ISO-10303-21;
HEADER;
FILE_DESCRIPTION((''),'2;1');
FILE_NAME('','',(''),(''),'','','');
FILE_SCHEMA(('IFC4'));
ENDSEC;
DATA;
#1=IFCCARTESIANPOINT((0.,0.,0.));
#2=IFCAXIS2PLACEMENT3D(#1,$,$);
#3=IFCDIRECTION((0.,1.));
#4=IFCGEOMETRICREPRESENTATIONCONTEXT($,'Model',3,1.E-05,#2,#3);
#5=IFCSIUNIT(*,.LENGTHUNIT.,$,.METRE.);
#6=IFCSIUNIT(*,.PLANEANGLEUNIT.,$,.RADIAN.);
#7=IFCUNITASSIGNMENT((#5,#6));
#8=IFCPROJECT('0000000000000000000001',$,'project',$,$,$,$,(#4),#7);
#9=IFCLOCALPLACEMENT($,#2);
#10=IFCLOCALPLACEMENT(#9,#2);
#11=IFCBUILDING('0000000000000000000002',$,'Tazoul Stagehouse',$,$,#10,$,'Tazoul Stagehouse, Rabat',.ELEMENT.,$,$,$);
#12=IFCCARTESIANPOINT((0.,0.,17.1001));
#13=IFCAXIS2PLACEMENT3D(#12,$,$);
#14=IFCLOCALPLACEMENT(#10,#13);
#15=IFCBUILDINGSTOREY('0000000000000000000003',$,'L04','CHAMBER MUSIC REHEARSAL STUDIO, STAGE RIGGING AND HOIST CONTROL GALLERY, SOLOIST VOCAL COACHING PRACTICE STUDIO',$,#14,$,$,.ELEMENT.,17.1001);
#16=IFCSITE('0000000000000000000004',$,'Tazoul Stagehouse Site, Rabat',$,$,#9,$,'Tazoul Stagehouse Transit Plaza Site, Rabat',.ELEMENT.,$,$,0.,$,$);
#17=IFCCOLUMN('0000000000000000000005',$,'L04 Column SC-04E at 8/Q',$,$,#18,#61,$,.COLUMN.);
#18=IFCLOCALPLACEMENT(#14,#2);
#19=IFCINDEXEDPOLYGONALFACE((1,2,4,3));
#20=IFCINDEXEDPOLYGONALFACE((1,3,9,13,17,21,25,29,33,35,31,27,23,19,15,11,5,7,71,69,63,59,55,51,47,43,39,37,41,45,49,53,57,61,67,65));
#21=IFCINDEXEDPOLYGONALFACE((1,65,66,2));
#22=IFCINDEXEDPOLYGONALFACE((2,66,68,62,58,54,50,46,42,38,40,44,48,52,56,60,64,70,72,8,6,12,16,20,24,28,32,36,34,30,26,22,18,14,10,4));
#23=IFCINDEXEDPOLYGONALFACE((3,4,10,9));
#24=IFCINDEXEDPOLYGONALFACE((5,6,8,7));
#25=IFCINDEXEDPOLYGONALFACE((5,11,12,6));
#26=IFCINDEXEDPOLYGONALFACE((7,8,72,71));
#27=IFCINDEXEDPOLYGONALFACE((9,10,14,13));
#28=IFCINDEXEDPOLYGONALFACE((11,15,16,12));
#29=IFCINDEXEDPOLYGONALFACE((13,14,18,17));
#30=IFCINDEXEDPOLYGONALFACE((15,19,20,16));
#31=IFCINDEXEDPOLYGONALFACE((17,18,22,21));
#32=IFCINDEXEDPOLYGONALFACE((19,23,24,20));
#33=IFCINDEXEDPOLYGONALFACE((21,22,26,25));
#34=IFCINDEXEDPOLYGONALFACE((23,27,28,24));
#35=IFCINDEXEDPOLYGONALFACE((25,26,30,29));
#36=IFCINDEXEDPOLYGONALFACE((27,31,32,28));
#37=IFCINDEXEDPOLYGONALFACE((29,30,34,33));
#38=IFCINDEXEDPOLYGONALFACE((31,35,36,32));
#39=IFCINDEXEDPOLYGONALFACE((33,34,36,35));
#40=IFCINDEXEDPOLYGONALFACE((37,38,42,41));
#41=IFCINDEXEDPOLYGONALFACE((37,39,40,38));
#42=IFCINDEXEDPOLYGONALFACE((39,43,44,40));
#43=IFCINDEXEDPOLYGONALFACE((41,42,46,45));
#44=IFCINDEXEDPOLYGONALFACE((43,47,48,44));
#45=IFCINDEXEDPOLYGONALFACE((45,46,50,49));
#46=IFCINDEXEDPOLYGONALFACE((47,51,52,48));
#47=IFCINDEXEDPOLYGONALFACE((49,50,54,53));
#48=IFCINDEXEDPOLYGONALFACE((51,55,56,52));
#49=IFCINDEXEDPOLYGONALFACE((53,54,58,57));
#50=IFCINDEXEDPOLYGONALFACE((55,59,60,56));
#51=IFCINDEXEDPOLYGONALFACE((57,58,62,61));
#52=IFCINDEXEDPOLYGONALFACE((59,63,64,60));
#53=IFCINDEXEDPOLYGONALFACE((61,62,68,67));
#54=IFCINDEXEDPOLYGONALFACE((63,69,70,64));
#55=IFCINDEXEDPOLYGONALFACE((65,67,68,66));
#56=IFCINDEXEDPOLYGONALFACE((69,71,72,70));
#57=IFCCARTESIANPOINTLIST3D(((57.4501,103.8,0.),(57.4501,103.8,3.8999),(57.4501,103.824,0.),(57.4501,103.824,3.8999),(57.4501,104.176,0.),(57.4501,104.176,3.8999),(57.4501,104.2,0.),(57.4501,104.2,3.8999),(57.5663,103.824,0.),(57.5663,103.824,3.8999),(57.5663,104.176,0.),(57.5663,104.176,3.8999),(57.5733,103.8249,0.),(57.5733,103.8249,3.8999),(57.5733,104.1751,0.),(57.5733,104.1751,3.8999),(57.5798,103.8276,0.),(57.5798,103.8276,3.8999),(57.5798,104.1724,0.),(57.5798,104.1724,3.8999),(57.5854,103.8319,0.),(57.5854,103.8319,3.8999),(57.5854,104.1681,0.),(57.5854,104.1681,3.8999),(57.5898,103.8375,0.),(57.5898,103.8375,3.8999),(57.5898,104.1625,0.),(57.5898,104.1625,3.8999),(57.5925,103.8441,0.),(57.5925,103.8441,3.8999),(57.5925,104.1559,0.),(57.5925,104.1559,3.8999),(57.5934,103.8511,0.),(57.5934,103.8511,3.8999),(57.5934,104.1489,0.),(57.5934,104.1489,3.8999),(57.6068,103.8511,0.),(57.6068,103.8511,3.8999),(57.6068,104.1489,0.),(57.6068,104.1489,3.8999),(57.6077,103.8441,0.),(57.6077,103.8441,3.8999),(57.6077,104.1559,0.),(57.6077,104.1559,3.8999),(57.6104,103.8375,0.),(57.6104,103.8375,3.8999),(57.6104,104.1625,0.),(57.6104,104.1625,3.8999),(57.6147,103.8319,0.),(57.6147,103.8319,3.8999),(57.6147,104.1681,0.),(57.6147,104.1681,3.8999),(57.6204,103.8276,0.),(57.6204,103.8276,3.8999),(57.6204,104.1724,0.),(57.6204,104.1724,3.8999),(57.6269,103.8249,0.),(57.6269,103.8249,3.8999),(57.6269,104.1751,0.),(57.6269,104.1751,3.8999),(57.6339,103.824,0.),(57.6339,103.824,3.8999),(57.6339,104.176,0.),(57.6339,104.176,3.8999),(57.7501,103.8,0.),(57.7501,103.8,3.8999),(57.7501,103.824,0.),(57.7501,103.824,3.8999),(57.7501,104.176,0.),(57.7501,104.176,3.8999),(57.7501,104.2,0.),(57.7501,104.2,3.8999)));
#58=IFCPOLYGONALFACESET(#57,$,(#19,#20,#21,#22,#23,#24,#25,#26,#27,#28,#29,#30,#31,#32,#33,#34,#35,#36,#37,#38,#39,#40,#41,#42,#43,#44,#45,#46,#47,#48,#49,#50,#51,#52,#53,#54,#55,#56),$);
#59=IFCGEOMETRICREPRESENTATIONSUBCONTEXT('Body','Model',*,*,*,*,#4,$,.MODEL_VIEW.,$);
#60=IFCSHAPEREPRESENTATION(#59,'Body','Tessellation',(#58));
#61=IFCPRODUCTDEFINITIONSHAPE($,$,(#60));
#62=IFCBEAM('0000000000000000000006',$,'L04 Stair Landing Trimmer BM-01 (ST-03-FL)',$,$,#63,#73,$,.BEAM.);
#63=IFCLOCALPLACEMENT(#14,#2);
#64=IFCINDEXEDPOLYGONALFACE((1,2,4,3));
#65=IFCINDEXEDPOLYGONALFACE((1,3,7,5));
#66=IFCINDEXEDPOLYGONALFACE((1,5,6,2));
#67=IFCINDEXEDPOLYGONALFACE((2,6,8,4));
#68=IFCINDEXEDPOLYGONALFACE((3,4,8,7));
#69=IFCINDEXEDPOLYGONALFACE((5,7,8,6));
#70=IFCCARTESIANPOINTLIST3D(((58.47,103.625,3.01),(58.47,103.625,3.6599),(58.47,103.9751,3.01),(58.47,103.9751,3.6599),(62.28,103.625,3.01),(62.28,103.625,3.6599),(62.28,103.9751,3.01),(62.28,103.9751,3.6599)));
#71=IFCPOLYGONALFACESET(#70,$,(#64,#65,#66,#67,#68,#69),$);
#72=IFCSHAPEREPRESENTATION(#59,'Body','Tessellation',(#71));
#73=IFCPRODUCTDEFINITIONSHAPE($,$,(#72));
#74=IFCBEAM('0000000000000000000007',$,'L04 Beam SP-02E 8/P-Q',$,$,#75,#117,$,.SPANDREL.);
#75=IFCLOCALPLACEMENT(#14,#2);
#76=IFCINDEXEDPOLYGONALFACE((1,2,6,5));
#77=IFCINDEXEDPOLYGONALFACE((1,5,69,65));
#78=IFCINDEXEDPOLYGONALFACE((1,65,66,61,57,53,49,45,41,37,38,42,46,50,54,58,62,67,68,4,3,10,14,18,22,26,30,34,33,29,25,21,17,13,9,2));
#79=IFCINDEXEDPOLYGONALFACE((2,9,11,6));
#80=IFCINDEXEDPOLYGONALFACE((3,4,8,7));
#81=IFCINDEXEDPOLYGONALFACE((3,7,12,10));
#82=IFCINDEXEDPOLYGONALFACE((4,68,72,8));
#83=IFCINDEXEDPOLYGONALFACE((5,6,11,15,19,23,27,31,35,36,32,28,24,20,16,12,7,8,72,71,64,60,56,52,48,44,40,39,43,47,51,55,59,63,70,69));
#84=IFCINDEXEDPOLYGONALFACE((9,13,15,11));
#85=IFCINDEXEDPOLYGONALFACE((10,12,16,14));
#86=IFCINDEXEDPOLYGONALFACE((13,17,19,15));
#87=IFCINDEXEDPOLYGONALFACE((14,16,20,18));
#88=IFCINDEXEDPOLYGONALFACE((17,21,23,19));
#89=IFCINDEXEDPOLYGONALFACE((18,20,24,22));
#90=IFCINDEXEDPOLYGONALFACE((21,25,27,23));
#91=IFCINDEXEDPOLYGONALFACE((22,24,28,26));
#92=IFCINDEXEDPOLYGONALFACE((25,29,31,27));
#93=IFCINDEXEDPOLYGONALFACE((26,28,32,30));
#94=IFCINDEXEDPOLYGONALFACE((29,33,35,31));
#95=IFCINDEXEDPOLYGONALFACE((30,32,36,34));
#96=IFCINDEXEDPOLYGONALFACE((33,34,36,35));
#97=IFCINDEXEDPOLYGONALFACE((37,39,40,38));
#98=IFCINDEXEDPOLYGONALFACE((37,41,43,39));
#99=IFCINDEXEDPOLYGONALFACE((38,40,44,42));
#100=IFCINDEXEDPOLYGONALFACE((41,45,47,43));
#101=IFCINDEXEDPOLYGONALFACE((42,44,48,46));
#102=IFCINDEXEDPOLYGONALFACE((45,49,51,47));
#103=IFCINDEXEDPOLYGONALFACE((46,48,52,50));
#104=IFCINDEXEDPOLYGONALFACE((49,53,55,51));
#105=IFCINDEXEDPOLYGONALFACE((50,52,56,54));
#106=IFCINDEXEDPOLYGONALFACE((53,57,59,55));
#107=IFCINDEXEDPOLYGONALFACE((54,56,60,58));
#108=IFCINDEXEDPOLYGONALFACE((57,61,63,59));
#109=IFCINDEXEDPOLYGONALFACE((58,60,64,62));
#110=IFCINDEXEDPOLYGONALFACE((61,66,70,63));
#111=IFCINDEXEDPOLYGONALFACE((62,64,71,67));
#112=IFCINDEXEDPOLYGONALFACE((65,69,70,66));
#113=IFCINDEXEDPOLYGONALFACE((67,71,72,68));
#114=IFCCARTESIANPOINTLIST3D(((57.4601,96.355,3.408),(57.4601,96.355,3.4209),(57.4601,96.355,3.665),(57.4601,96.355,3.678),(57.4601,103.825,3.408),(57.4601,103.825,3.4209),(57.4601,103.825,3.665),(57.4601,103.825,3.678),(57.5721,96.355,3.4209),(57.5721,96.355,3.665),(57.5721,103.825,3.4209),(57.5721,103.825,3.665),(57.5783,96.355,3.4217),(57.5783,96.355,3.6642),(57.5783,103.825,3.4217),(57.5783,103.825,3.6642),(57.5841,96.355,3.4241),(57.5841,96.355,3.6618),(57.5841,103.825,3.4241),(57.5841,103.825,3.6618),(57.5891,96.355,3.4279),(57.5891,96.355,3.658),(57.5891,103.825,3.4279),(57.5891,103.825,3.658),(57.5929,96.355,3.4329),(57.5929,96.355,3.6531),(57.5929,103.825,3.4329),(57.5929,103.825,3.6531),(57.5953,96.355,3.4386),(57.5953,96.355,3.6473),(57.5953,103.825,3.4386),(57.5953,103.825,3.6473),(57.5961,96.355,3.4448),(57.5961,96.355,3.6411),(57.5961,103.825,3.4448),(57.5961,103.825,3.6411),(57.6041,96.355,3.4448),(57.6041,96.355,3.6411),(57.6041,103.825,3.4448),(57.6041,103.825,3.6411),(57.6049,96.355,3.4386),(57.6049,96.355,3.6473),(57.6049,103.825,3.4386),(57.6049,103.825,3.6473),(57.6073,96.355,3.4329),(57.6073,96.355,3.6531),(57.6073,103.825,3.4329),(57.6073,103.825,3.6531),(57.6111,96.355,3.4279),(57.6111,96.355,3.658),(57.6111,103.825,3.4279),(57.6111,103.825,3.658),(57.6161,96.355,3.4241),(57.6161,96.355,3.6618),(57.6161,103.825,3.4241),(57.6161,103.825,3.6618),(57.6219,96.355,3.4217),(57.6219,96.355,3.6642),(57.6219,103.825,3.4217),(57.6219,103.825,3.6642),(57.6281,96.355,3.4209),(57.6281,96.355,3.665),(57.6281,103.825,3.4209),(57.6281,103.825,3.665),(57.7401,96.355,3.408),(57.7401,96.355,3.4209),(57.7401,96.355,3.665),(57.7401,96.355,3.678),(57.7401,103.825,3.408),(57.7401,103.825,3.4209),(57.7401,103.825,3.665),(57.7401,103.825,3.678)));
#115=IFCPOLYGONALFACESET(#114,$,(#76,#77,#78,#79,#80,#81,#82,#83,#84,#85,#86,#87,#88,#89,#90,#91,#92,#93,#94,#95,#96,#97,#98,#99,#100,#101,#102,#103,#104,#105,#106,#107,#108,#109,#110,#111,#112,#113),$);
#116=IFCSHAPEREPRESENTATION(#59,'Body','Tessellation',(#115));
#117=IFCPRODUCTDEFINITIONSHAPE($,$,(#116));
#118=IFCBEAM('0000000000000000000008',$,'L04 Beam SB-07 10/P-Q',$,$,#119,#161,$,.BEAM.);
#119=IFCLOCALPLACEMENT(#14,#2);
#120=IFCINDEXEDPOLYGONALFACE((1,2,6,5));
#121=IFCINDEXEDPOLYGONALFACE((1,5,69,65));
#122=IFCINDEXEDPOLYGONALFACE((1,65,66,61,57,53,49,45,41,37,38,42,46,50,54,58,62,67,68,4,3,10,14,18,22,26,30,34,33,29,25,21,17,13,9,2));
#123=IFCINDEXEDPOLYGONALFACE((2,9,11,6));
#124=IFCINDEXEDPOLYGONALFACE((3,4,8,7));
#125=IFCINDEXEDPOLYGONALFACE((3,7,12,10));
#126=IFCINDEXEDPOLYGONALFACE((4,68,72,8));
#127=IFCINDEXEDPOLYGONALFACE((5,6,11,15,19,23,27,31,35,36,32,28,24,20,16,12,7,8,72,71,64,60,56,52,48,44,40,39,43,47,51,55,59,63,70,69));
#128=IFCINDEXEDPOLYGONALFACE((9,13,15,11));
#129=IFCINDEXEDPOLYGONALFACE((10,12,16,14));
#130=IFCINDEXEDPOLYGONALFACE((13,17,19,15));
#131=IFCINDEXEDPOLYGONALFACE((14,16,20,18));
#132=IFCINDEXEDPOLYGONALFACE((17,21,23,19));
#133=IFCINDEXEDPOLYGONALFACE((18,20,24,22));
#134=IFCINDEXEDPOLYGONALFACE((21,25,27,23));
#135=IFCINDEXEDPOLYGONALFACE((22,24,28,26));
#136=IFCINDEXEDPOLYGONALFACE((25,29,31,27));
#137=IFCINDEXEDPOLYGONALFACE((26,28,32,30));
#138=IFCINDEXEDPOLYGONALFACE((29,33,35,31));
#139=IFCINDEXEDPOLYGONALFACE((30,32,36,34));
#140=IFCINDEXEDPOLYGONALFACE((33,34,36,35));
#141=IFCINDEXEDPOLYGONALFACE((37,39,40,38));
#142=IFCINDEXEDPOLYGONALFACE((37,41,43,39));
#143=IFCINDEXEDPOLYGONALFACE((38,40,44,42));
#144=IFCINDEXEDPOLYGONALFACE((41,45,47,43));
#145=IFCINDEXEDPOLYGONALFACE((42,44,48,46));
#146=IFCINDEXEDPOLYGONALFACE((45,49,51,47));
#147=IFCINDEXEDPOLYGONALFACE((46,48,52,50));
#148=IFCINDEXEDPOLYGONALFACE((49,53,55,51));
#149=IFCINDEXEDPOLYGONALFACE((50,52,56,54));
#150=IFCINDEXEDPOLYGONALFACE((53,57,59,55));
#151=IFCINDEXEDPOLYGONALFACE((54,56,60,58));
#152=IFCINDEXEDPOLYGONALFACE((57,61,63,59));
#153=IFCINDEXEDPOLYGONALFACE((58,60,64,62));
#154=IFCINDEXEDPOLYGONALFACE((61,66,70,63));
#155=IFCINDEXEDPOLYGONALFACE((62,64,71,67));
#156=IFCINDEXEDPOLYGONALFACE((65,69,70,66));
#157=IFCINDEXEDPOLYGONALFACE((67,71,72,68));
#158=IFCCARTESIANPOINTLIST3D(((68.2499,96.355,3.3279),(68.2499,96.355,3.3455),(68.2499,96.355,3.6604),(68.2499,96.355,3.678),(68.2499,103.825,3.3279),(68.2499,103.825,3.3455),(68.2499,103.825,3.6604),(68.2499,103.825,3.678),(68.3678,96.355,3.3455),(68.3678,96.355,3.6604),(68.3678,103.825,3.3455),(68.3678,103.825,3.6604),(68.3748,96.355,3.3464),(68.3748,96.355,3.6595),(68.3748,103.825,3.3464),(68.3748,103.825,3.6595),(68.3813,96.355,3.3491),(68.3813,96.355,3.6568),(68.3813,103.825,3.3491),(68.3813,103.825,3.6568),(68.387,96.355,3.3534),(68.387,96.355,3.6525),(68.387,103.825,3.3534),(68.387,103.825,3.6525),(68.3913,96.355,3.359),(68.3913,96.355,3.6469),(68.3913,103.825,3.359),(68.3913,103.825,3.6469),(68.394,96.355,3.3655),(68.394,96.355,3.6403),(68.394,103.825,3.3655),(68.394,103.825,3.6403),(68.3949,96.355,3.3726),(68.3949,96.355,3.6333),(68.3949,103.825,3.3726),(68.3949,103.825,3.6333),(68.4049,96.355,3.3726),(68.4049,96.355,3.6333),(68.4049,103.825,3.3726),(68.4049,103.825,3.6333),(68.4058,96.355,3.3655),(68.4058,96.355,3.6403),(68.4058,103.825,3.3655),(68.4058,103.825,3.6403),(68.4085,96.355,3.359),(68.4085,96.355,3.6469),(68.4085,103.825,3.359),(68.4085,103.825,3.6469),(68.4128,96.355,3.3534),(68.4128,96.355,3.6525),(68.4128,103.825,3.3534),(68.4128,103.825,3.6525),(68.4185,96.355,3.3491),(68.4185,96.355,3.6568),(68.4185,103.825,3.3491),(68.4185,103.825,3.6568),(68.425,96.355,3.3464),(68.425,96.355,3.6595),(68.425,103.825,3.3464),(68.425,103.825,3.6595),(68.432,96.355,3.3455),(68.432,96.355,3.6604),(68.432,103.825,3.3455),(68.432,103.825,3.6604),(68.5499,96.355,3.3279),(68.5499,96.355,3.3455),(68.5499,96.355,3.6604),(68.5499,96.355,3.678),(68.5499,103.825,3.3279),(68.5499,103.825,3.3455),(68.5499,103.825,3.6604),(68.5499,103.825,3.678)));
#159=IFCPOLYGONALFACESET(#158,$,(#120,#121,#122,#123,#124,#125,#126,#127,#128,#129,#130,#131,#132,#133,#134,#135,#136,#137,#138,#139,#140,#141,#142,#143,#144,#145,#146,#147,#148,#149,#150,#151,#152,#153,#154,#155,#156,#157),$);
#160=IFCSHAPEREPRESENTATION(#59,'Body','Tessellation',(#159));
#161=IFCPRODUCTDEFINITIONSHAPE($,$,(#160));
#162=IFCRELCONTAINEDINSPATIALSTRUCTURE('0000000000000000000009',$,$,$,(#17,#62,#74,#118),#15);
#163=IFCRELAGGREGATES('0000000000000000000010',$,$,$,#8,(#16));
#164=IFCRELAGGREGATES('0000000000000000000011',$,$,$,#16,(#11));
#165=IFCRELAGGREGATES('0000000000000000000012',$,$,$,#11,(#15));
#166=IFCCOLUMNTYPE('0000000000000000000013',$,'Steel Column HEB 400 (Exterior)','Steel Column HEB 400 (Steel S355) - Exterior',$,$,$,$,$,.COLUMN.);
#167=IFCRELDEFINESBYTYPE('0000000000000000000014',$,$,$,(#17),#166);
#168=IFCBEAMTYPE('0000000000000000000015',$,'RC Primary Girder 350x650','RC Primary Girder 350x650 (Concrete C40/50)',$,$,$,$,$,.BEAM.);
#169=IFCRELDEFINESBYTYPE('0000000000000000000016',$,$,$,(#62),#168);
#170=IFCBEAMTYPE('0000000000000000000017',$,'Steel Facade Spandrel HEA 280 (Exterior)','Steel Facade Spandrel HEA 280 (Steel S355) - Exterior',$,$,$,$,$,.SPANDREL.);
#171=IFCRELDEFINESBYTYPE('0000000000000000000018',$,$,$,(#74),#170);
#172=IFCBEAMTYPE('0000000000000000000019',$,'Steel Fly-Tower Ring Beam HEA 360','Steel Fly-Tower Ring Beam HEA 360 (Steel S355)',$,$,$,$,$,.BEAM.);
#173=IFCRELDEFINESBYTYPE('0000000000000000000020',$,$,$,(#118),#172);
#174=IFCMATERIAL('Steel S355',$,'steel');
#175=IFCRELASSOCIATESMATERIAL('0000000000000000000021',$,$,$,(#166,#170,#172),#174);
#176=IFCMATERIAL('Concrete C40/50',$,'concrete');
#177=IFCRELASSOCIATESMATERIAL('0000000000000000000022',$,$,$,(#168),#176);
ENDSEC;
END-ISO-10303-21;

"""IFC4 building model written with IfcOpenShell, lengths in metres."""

from ifc_helpers import new_model, si_unit, direction, frame, origin, origin_2d, place, context, subcontext, project, spatial, rectangle, i_section, extrude, material, material_profile, profile_set, type_object, element, save


model = new_model("IFC4")

# Units and contexts
model_context = context("Model", 3, precision=1e-05, world=origin(), true_north=direction((0.0, 1.0)))
body_context = subcontext(model_context, "Body", "Model", "MODEL_VIEW")
ifc_project = project(units=[si_unit("LENGTHUNIT", "METRE"), si_unit("PLANEANGLEUNIT", "RADIAN")], contexts=[model_context])

# Site, building, storey
site_placement = place(None, origin())
site = spatial("IfcSite", under=ifc_project, at=site_placement, Name="Tazoul Stagehouse Site, Rabat", LongName="Tazoul Stagehouse Transit Plaza Site, Rabat", CompositionType="ELEMENT", RefElevation=0.0)
building_placement = place(site_placement, origin())
building = spatial("IfcBuilding", under=site, at=building_placement, Name="Tazoul Stagehouse", LongName="Tazoul Stagehouse, Rabat", CompositionType="ELEMENT")
storey_placement = place(building_placement, frame((0.0, 0.0, 17.1001)))
storey = spatial("IfcBuildingStorey", under=building, at=storey_placement, Name="L04", Description="CHAMBER MUSIC REHEARSAL STUDIO, STAGE RIGGING AND HOIST CONTROL GALLERY, SOLOIST VOCAL COACHING PRACTICE STUDIO", CompositionType="ELEMENT", Elevation=17.1001)

# Column
ifc_material_1 = material(Name="Steel S355", Category="steel")
ifc_material_profile_1 = material_profile(ifc_material_1, i_section(OverallWidth=0.3, OverallDepth=0.3999, WebThickness=0.0134, FlangeThickness=0.0239, FilletRadius=0.0271, at=origin_2d()), Name="HEB 400")
ifc_profile_set_1 = profile_set([ifc_material_profile_1], Name="Steel S355")
column_type_1 = type_object("IfcColumnType", Name="Steel Column HEB 400 (Exterior)", Description="Steel Column HEB 400 (Steel S355) - Exterior", PredefinedType="COLUMN", material=ifc_profile_set_1)
column_1_placement = place(storey_placement, frame((57.6001, 104.0, 0.0), z_axis=(0.0, 0.0, 1.0), x_axis=(1.0, 0.0, 0.0)))
element("IfcColumn", 1, at=column_1_placement, inside=storey, type_object=column_type_1, Name="L04 Column SC-04E at 8/Q", PredefinedType="COLUMN", context=body_context, shape_type="SweptSolid", body=[
    extrude(i_section(OverallWidth=0.3, OverallDepth=0.3999, WebThickness=0.0134, FlangeThickness=0.0239, FilletRadius=0.0271, at=origin_2d()), origin(), (0.0, 0.0, 1.0), 3.8999),
])

# Beams
ifc_material_2 = material(Name="Concrete C40/50", Category="concrete")
ifc_material_profile_2 = material_profile(ifc_material_2, rectangle(XDim=0.3501, YDim=0.6499, at=origin_2d()), Name="RC 350x650")
ifc_profile_set_2 = profile_set([ifc_material_profile_2], Name="Concrete C40/50")
beam_type_1 = type_object("IfcBeamType", Name="RC Primary Girder 350x650", Description="RC Primary Girder 350x650 (Concrete C40/50)", PredefinedType="BEAM", material=ifc_profile_set_2)
beam_1_placement = place(storey_placement, frame((58.47, 103.8, 3.335), z_axis=(1.0, 0.0, 0.0), x_axis=(0.0, 1.0, 0.0)))
element("IfcBeam", 2, at=beam_1_placement, inside=storey, type_object=beam_type_1, Name="L04 Stair Landing Trimmer BM-01 (ST-03-FL)", PredefinedType="BEAM", context=body_context, shape_type="SweptSolid", body=[
    extrude(rectangle(XDim=0.3501, YDim=0.6499, at=origin_2d()), origin(), (0.0, 0.0, 1.0), 3.8101),
])
ifc_material_profile_3 = material_profile(ifc_material_1, i_section(OverallWidth=0.28, OverallDepth=0.27, WebThickness=0.0081, FlangeThickness=0.0129, FilletRadius=0.0239, at=origin_2d()), Name="HEA 280")
ifc_profile_set_3 = profile_set([ifc_material_profile_3], Name="Steel S355")
beam_type_2 = type_object("IfcBeamType", Name="Steel Facade Spandrel HEA 280 (Exterior)", Description="Steel Facade Spandrel HEA 280 (Steel S355) - Exterior", PredefinedType="SPANDREL", material=ifc_profile_set_3)
beam_2_placement = place(storey_placement, frame((57.6001, 96.355, 3.543), z_axis=(0.0, 1.0, 0.0), x_axis=(-1.0, 0.0, 0.0)))
element("IfcBeam", 3, at=beam_2_placement, inside=storey, type_object=beam_type_2, Name="L04 Beam SP-02E 8/P-Q", PredefinedType="SPANDREL", context=body_context, shape_type="SweptSolid", body=[
    extrude(i_section(OverallWidth=0.28, OverallDepth=0.27, WebThickness=0.0081, FlangeThickness=0.0129, FilletRadius=0.0239, at=origin_2d()), origin(), (0.0, 0.0, 1.0), 7.47),
])
ifc_material_profile_4 = material_profile(ifc_material_1, i_section(OverallWidth=0.3, OverallDepth=0.3501, WebThickness=0.01, FlangeThickness=0.0176, FilletRadius=0.0271, at=origin_2d()), Name="HEA 360")
ifc_profile_set_4 = profile_set([ifc_material_profile_4], Name="Steel S355")
beam_type_3 = type_object("IfcBeamType", Name="Steel Fly-Tower Ring Beam HEA 360", Description="Steel Fly-Tower Ring Beam HEA 360 (Steel S355)", PredefinedType="BEAM", material=ifc_profile_set_4)
beam_3_placement = place(storey_placement, frame((68.3999, 96.355, 3.5029), z_axis=(0.0, 1.0, 0.0), x_axis=(-1.0, 0.0, 0.0)))
element("IfcBeam", 4, at=beam_3_placement, inside=storey, type_object=beam_type_3, Name="L04 Beam SB-07 10/P-Q", PredefinedType="BEAM", context=body_context, shape_type="SweptSolid", body=[
    extrude(i_section(OverallWidth=0.3, OverallDepth=0.3501, WebThickness=0.01, FlangeThickness=0.0176, FilletRadius=0.0271, at=origin_2d()), origin(), (0.0, 0.0, 1.0), 7.47),
])

save(model, "model.ifc")
